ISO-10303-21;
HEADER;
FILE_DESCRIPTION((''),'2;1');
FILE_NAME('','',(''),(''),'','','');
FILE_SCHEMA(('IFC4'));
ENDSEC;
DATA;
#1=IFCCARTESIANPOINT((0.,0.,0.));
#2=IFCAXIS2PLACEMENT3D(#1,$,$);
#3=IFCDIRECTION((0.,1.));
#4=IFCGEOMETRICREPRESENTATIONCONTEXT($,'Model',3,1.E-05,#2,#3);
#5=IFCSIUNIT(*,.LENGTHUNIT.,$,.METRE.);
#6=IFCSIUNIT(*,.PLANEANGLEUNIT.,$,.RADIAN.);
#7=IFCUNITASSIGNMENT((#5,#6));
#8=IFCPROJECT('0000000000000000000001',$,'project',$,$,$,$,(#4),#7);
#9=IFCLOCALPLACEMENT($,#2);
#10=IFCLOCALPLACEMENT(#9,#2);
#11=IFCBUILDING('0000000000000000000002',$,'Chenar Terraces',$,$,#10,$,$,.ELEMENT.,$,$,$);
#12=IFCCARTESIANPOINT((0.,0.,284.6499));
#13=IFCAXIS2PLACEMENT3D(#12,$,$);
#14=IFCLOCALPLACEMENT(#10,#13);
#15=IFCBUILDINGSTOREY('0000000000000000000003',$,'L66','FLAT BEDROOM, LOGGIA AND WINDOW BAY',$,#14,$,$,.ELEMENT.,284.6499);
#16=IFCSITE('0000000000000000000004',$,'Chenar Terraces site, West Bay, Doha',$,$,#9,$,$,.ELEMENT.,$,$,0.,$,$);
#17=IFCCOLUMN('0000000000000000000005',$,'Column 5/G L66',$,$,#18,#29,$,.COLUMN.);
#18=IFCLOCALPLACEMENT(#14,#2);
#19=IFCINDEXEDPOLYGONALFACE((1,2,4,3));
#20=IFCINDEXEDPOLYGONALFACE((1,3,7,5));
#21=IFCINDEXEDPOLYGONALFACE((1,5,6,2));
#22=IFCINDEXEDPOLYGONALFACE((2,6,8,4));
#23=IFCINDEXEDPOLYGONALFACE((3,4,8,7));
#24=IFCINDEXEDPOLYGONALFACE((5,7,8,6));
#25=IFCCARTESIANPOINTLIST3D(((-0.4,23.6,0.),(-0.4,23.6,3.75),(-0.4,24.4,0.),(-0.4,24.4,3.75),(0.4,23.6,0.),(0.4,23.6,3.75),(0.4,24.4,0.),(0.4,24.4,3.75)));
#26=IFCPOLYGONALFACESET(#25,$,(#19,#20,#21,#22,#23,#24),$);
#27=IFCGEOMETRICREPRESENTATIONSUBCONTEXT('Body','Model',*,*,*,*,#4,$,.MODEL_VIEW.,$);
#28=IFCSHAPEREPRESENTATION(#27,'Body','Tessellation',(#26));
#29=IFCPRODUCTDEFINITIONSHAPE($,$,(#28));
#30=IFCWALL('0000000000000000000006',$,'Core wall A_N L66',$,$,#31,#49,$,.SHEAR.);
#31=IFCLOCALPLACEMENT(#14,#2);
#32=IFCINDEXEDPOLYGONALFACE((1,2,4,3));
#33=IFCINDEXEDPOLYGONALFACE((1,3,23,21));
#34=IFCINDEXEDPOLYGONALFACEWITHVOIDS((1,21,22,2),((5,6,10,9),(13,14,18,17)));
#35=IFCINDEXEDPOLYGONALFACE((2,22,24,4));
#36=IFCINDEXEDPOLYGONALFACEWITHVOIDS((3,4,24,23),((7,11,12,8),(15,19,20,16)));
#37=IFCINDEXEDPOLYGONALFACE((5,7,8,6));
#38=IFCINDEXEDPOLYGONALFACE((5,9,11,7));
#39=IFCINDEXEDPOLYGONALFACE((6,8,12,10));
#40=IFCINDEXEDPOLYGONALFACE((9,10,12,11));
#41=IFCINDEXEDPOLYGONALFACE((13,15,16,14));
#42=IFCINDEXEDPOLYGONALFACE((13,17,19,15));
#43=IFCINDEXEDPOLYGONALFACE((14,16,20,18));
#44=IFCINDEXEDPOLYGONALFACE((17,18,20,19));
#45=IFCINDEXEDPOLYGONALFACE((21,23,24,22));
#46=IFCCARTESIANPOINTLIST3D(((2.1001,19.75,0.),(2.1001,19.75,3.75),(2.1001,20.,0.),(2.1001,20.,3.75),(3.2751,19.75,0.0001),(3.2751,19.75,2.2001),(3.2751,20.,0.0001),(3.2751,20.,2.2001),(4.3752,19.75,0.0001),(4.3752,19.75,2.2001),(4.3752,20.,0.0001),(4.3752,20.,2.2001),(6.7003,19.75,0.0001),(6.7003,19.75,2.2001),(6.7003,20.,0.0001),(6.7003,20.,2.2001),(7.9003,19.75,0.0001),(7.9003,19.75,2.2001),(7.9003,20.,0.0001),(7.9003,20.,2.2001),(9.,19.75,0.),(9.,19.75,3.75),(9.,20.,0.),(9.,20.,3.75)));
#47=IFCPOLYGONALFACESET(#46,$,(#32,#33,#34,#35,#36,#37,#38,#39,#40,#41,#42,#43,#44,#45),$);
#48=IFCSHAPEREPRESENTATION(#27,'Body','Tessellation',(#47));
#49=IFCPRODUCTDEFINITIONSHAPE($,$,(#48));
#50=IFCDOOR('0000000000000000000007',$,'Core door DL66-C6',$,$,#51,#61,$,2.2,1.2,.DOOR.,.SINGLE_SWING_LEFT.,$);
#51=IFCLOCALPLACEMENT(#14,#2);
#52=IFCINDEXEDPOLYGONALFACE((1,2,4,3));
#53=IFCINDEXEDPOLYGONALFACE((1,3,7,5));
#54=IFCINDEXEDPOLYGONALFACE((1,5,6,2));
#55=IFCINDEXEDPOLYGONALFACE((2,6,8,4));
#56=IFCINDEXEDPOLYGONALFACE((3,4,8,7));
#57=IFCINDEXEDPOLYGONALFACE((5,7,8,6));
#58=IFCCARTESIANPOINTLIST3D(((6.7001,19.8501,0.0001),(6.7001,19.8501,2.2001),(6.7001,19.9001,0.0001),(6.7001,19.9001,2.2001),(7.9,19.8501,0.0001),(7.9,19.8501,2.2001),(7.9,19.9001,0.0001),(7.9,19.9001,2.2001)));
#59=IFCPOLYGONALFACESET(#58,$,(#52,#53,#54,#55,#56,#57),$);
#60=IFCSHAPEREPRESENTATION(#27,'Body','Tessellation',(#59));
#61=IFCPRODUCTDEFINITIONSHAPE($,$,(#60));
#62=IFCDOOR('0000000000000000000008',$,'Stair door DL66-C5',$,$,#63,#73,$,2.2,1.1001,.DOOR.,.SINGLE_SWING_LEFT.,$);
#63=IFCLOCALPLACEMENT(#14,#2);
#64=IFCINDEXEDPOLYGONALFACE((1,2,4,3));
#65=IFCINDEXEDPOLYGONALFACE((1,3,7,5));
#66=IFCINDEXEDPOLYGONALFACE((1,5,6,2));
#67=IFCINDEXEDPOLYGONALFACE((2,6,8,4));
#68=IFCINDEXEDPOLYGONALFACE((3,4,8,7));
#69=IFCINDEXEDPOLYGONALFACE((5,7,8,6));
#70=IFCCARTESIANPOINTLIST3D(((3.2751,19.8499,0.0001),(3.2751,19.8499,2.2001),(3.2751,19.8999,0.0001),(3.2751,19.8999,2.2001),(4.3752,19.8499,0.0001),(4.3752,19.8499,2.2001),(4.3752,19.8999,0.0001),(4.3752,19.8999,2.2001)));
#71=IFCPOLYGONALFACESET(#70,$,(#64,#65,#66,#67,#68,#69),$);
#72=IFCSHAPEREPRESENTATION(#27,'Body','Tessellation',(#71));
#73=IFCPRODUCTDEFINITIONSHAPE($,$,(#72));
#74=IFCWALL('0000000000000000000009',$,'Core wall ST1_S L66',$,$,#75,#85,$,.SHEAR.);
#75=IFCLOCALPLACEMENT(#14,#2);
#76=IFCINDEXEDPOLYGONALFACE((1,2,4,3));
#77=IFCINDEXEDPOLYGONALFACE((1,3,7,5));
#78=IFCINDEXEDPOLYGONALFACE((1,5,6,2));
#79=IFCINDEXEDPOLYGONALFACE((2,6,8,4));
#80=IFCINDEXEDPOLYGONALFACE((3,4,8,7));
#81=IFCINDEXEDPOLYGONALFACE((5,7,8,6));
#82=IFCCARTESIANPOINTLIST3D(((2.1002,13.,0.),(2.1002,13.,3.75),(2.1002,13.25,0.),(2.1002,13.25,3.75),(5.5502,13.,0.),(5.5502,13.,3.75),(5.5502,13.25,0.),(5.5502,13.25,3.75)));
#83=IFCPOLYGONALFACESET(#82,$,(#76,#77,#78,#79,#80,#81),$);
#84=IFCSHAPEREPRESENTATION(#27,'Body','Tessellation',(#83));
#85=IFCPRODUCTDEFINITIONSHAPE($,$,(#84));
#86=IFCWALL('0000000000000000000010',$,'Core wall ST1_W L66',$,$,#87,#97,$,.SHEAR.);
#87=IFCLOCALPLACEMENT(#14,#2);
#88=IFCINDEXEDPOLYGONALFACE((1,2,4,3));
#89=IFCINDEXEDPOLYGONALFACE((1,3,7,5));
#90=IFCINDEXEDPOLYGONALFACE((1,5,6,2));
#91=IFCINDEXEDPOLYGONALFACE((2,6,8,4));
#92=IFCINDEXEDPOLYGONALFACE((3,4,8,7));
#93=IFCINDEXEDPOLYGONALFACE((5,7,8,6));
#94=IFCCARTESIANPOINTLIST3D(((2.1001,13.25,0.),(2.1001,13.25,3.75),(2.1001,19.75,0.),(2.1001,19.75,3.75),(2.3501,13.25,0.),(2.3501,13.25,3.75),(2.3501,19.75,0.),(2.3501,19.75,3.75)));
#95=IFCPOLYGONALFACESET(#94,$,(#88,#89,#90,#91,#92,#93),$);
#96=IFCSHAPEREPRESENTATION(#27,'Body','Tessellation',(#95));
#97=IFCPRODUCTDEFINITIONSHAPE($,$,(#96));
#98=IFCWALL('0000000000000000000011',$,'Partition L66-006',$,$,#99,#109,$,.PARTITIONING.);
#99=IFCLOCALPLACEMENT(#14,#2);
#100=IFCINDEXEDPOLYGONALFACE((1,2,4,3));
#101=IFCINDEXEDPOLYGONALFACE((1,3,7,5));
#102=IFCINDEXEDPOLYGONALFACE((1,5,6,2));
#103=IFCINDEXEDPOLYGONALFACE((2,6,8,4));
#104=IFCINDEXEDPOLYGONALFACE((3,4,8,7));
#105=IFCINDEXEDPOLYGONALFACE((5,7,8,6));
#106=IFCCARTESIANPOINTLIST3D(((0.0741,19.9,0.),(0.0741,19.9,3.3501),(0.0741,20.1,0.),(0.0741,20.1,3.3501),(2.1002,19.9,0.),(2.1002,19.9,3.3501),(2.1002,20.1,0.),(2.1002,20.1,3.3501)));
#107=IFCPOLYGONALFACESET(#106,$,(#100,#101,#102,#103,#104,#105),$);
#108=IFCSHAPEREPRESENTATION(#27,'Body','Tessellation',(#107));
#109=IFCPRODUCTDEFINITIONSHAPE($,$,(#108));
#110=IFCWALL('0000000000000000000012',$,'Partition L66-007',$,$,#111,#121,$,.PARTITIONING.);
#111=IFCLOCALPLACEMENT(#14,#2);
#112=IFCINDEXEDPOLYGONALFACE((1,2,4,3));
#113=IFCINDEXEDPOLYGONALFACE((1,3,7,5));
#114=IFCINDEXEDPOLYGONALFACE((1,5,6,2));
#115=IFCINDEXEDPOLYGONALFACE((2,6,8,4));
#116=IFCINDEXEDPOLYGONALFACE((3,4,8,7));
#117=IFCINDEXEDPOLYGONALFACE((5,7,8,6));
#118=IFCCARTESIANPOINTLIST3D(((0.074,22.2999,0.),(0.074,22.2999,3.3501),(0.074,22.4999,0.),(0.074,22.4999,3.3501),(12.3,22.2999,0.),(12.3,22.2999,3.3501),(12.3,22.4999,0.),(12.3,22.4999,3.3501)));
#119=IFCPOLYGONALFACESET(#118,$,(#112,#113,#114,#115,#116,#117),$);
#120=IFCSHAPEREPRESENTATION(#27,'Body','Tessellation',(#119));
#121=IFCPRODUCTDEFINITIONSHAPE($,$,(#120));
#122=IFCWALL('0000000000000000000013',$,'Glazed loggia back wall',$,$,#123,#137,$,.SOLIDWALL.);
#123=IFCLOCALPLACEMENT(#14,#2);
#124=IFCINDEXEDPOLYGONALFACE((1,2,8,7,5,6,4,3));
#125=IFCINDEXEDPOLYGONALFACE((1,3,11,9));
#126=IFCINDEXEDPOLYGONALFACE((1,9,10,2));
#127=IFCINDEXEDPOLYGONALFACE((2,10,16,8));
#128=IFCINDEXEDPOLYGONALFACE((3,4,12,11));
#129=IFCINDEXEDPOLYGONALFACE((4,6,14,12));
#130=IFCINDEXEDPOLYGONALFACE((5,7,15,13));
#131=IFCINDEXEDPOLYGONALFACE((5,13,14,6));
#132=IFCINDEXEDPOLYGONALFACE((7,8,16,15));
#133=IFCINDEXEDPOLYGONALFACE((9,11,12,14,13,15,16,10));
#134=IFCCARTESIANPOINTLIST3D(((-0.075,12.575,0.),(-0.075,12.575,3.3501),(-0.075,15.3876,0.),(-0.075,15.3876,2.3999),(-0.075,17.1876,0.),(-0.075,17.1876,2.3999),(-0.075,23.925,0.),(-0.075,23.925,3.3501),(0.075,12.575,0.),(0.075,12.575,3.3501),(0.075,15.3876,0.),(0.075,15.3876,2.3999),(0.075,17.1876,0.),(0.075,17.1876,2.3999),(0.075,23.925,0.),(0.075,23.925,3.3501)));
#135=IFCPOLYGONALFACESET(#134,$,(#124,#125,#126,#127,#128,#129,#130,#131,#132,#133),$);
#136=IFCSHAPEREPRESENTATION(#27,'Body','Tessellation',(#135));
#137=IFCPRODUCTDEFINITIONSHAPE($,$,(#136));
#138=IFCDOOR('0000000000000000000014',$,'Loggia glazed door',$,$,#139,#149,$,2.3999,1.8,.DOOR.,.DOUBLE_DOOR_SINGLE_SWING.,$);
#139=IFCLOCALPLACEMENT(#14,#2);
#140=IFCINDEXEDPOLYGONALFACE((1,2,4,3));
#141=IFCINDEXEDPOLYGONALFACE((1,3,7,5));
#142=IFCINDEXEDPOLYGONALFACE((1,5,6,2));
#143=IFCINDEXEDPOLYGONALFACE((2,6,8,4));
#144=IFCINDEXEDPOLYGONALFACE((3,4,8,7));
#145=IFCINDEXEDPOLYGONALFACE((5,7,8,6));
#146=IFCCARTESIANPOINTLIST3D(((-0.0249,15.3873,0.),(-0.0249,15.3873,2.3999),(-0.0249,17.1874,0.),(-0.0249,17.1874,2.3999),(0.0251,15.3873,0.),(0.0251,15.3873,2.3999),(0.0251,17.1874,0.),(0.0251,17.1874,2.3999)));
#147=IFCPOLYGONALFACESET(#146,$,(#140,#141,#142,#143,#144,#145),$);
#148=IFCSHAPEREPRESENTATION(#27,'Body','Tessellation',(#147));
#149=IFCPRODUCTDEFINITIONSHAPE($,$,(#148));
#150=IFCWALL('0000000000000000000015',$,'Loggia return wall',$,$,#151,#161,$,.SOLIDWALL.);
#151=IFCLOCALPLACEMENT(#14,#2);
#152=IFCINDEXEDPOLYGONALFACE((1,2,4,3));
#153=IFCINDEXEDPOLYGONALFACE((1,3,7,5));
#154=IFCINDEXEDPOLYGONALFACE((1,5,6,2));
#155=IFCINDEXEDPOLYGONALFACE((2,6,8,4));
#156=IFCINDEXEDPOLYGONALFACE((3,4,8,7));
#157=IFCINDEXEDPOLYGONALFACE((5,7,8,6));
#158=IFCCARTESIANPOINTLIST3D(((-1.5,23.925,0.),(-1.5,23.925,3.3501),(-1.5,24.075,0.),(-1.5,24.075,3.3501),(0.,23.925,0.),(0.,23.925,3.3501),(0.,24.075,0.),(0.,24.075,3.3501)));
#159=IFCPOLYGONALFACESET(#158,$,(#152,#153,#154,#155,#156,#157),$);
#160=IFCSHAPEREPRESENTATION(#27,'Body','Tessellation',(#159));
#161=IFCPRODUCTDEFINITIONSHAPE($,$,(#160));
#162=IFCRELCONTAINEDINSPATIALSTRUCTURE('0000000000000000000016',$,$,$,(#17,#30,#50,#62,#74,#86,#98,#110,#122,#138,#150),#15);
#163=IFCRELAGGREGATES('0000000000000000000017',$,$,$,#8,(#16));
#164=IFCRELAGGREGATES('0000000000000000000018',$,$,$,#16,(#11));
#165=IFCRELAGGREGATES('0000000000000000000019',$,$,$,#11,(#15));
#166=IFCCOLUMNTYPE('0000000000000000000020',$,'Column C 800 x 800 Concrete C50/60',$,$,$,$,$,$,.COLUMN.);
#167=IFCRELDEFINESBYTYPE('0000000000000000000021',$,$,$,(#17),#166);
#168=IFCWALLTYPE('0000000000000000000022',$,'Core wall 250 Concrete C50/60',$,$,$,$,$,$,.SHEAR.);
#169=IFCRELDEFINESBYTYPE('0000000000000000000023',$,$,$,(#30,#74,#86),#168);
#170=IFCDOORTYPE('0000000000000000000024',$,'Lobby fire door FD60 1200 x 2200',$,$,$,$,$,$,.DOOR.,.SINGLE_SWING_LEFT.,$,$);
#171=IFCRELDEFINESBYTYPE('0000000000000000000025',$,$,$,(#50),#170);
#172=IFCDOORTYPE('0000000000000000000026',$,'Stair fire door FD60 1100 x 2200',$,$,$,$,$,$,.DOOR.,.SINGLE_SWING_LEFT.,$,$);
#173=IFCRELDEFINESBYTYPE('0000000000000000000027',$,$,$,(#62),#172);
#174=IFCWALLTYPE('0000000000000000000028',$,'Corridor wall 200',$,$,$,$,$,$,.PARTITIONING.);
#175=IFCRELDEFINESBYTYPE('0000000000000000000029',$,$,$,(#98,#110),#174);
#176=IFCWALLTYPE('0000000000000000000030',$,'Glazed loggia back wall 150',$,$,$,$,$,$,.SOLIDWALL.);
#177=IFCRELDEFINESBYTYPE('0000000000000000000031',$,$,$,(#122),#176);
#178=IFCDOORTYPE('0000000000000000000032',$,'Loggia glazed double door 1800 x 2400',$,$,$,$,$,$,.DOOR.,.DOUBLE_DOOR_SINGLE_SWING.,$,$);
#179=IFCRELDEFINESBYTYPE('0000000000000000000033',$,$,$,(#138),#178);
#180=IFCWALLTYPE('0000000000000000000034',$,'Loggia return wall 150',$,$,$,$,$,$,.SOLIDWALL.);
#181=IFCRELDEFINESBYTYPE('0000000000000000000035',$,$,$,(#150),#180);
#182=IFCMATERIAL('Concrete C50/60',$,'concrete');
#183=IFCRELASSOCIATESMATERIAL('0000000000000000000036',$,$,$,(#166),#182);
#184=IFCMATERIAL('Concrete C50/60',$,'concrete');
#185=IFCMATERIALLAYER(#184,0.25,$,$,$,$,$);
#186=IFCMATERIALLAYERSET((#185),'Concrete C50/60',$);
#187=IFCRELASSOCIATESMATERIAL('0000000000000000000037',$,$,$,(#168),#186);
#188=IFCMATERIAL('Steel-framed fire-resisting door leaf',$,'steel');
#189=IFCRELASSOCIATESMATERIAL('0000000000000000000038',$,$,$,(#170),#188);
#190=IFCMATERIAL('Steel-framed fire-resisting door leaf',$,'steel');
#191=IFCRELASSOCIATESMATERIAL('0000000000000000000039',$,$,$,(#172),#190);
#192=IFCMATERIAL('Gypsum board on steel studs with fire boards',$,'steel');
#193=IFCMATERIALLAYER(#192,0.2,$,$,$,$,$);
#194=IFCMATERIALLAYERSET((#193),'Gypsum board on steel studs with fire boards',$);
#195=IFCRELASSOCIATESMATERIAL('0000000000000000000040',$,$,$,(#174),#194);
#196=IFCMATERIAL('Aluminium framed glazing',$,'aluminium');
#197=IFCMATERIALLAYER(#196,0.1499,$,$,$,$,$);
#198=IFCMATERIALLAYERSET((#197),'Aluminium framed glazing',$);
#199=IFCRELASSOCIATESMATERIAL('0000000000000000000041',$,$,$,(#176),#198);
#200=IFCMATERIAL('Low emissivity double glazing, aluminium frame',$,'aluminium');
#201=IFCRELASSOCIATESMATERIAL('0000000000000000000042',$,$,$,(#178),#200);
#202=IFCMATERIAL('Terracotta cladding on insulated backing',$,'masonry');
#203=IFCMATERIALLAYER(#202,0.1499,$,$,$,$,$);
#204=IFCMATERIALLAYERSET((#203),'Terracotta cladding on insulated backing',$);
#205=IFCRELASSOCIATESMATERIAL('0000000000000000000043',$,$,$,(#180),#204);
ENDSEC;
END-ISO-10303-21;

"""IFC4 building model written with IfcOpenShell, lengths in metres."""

from ifc_helpers import new_model, si_unit, direction, frame, frame_2d, origin, origin_2d, place, context, subcontext, project, spatial, rectangle, extrude, material, layer, layer_set, material_profile, profile_set, type_object, element, fill, save


model = new_model("IFC4")

# Units and contexts
model_context = context("Model", 3, precision=1e-05, world=origin(), true_north=direction((0.0, 1.0)))
body_context = subcontext(model_context, "Body", "Model", "MODEL_VIEW")
ifc_project = project(units=[si_unit("LENGTHUNIT", "METRE"), si_unit("PLANEANGLEUNIT", "RADIAN")], contexts=[model_context])

# Site, building, storey
site_placement = place(None, origin())
site = spatial("IfcSite", under=ifc_project, at=site_placement, Name="Chenar Terraces site, West Bay, Doha", CompositionType="ELEMENT", RefElevation=0.0)
building_placement = place(site_placement, origin())
building = spatial("IfcBuilding", under=site, at=building_placement, Name="Chenar Terraces", CompositionType="ELEMENT")
storey_placement = place(building_placement, frame((0.0, 0.0, 284.6499)))
storey = spatial("IfcBuildingStorey", under=building, at=storey_placement, Name="L66", Description="FLAT BEDROOM, LOGGIA AND WINDOW BAY", CompositionType="ELEMENT", Elevation=284.6499)

# Column
ifc_material_1 = material(Name="Concrete C50/60", Category="concrete")
ifc_material_profile = material_profile(ifc_material_1, rectangle(XDim=0.8, YDim=0.8, at=origin_2d()), Name="C 800 x 800")
ifc_profile_set = profile_set([ifc_material_profile], Name="Concrete C50/60")
column_type = type_object("IfcColumnType", Name="Column C 800 x 800 Concrete C50/60", PredefinedType="COLUMN", material=ifc_profile_set)
column_placement = place(storey_placement, frame((0.0, 24.0, 0.0), z_axis=(0.0, 0.0, 1.0), x_axis=(1.0, 0.0, 0.0)))
element("IfcColumn", 1, at=column_placement, inside=storey, type_object=column_type, Name="Column 5/G L66", PredefinedType="COLUMN", context=body_context, shape_type="SweptSolid", body=[
    extrude(rectangle(XDim=0.8, YDim=0.8, at=origin_2d()), origin(), (0.0, 0.0, 1.0), 3.75),
])

# Wall, openings, doors
ifc_material_2 = material(Name="Concrete C50/60", Category="concrete")
ifc_layer_1 = layer(ifc_material_2, 0.25)
ifc_layer_set_1 = layer_set([ifc_layer_1], Name="Concrete C50/60")
wall_type_1 = type_object("IfcWallType", Name="Core wall 250 Concrete C50/60", PredefinedType="SHEAR", material=ifc_layer_set_1)
wall_1_placement = place(storey_placement, frame((2.1001, 19.875, 0.0), z_axis=(0.0, 0.0, 1.0), x_axis=(1.0, 0.0, 0.0)))
wall_1 = element("IfcWall", 2, at=wall_1_placement, inside=storey, type_object=wall_type_1, Name="Core wall A_N L66", PredefinedType="SHEAR", context=body_context, shape_type="SweptSolid", body=[
    extrude(rectangle(XDim=6.8999, YDim=0.25, at=frame_2d((3.45, 0.0))), origin(), (0.0, 0.0, 1.0), 3.75),
])
opening_1_placement = place(wall_1_placement, frame((1.175, 0.0, 0.0)))
opening_1 = element("IfcOpeningElement", 3, at=opening_1_placement, cuts=wall_1, PredefinedType="OPENING", context=body_context, shape_type="SweptSolid", body=[
    extrude(rectangle(XDim=1.1001, YDim=2.2, at=frame_2d((0.55, 1.1001))), frame((0.0, 0.135, 0.0), z_axis=(0.0, -1.0, 0.0), x_axis=(1.0, 0.0, 0.0)), (0.0, 0.0, 1.0), 0.27),
])
opening_2_placement = place(wall_1_placement, frame((4.6001, 0.0, 0.0)))
opening_2 = element("IfcOpeningElement", 4, at=opening_2_placement, cuts=wall_1, PredefinedType="OPENING", context=body_context, shape_type="SweptSolid", body=[
    extrude(rectangle(XDim=1.2, YDim=2.2, at=frame_2d((0.6001, 1.1001))), frame((0.0, 0.135, 0.0), z_axis=(0.0, -1.0, 0.0), x_axis=(1.0, 0.0, 0.0)), (0.0, 0.0, 1.0), 0.27),
])
ifc_material_3 = material(Name="Steel-framed fire-resisting door leaf", Category="steel")
door_type_1 = type_object("IfcDoorType", Name="Lobby fire door FD60 1200 x 2200", OperationType="SINGLE_SWING_LEFT", PredefinedType="DOOR", material=ifc_material_3)
door_1_placement = place(opening_2_placement, frame((1.2, 0.0, 0.0), z_axis=(0.0, 0.0, 1.0), x_axis=(-1.0, 0.0, 0.0)))
door_1 = element("IfcDoor", 5, at=door_1_placement, inside=storey, type_object=door_type_1, Name="Core door DL66-C6", OperationType="SINGLE_SWING_LEFT", OverallHeight=2.2, OverallWidth=1.2, PredefinedType="DOOR", context=body_context, shape_type="SweptSolid", body=[
    extrude(rectangle(XDim=1.2, YDim=2.2, at=frame_2d((0.6001, 1.1001))), frame((0.0, 0.0249, 0.0), z_axis=(0.0, -1.0, 0.0), x_axis=(1.0, 0.0, 0.0)), (0.0, 0.0, 1.0), 0.05),
])
fill(opening_2, door_1)
ifc_material_4 = material(Name="Steel-framed fire-resisting door leaf", Category="steel")
door_type_2 = type_object("IfcDoorType", Name="Stair fire door FD60 1100 x 2200", OperationType="SINGLE_SWING_LEFT", PredefinedType="DOOR", material=ifc_material_4)
door_2_placement = place(opening_1_placement, origin())
door_2 = element("IfcDoor", 6, at=door_2_placement, inside=storey, type_object=door_type_2, Name="Stair door DL66-C5", OperationType="SINGLE_SWING_LEFT", OverallHeight=2.2, OverallWidth=1.1001, PredefinedType="DOOR", context=body_context, shape_type="SweptSolid", body=[
    extrude(rectangle(XDim=1.1001, YDim=2.2, at=frame_2d((0.55, 1.1001))), frame((0.0, 0.0249, 0.0), z_axis=(0.0, -1.0, 0.0), x_axis=(1.0, 0.0, 0.0)), (0.0, 0.0, 1.0), 0.05),
])
fill(opening_1, door_2)

# Walls
wall_2_placement = place(storey_placement, frame((2.1001, 13.125, 0.0), z_axis=(0.0, 0.0, 1.0), x_axis=(1.0, 0.0, 0.0)))
element("IfcWall", 7, at=wall_2_placement, inside=storey, type_object=wall_type_1, Name="Core wall ST1_S L66", PredefinedType="SHEAR", context=body_context, shape_type="SweptSolid", body=[
    extrude(rectangle(XDim=3.45, YDim=0.25, at=frame_2d((1.7251, 0.0))), origin(), (0.0, 0.0, 1.0), 3.75),
])
wall_3_placement = place(storey_placement, frame((2.2251, 13.25, 0.0), z_axis=(0.0, 0.0, 1.0), x_axis=(0.0, 1.0, 0.0)))
element("IfcWall", 8, at=wall_3_placement, inside=storey, type_object=wall_type_1, Name="Core wall ST1_W L66", PredefinedType="SHEAR", context=body_context, shape_type="SweptSolid", body=[
    extrude(rectangle(XDim=6.5, YDim=0.25, at=frame_2d((3.25, 0.0))), origin(), (0.0, 0.0, 1.0), 3.75),
])
ifc_material_5 = material(Name="Gypsum board on steel studs with fire boards", Category="steel")
ifc_layer_2 = layer(ifc_material_5, 0.2)
ifc_layer_set_2 = layer_set([ifc_layer_2], Name="Gypsum board on steel studs with fire boards")
wall_type_2 = type_object("IfcWallType", Name="Corridor wall 200", PredefinedType="PARTITIONING", material=ifc_layer_set_2)
wall_4_placement = place(storey_placement, frame((0.074, 20.0, 0.0), z_axis=(0.0, 0.0, 1.0), x_axis=(1.0, 0.0, 0.0)))
element("IfcWall", 9, at=wall_4_placement, inside=storey, type_object=wall_type_2, Name="Partition L66-006", PredefinedType="PARTITIONING", context=body_context, shape_type="SweptSolid", body=[
    extrude(rectangle(XDim=2.0261, YDim=0.2, at=frame_2d((1.0132, 0.0))), origin(), (0.0, 0.0, 1.0), 3.3501),
])
wall_5_placement = place(storey_placement, frame((0.074, 22.3999, 0.0), z_axis=(0.0, 0.0, 1.0), x_axis=(1.0, 0.0, 0.0)))
element("IfcWall", 10, at=wall_5_placement, inside=storey, type_object=wall_type_2, Name="Partition L66-007", PredefinedType="PARTITIONING", context=body_context, shape_type="SweptSolid", body=[
    extrude(rectangle(XDim=12.2261, YDim=0.2, at=frame_2d((6.113, 0.0))), origin(), (0.0, 0.0, 1.0), 3.3501),
])

# Wall, opening, door
ifc_material_6 = material(Name="Aluminium framed glazing", Category="aluminium")
ifc_layer_3 = layer(ifc_material_6, 0.1499)
ifc_layer_set_3 = layer_set([ifc_layer_3], Name="Aluminium framed glazing")
wall_type_3 = type_object("IfcWallType", Name="Glazed loggia back wall 150", PredefinedType="SOLIDWALL", material=ifc_layer_set_3)
wall_6_placement = place(storey_placement, frame((0.0, 23.925, 0.0), z_axis=(0.0, 0.0, 1.0), x_axis=(0.0, -1.0, 0.0)))
wall_6 = element("IfcWall", 11, at=wall_6_placement, inside=storey, type_object=wall_type_3, Name="Glazed loggia back wall", PredefinedType="SOLIDWALL", context=body_context, shape_type="SweptSolid", body=[
    extrude(rectangle(XDim=11.3501, YDim=0.1499, at=frame_2d((5.675, 0.0))), origin(), (0.0, 0.0, 1.0), 3.3501),
])
opening_3_placement = place(wall_6_placement, frame((6.7375, 0.0, 0.0)))
opening_3 = element("IfcOpeningElement", 12, at=opening_3_placement, cuts=wall_6, PredefinedType="OPENING", context=body_context, shape_type="SweptSolid", body=[
    extrude(rectangle(XDim=1.8, YDim=2.3999, at=frame_2d((0.8999, 1.2))), frame((0.0, 0.085, 0.0), z_axis=(0.0, -1.0, 0.0), x_axis=(1.0, 0.0, 0.0)), (0.0, 0.0, 1.0), 0.1699),
])
ifc_material_7 = material(Name="Low emissivity double glazing, aluminium frame", Category="aluminium")
door_type_3 = type_object("IfcDoorType", Name="Loggia glazed double door 1800 x 2400", OperationType="DOUBLE_DOOR_SINGLE_SWING", PredefinedType="DOOR", material=ifc_material_7)
door_3_placement = place(opening_3_placement, frame((1.8, 0.0, 0.0), z_axis=(0.0, 0.0, 1.0), x_axis=(-1.0, 0.0, 0.0)))
door_3 = element("IfcDoor", 13, at=door_3_placement, inside=storey, type_object=door_type_3, Name="Loggia glazed door", OperationType="DOUBLE_DOOR_SINGLE_SWING", OverallHeight=2.3999, OverallWidth=1.8, PredefinedType="DOOR", context=body_context, shape_type="SweptSolid", body=[
    extrude(rectangle(XDim=1.8, YDim=2.3999, at=frame_2d((0.8999, 1.2))), frame((0.0, 0.0249, 0.0), z_axis=(0.0, -1.0, 0.0), x_axis=(1.0, 0.0, 0.0)), (0.0, 0.0, 1.0), 0.05),
])
fill(opening_3, door_3)

# Wall
ifc_material_8 = material(Name="Terracotta cladding on insulated backing", Category="masonry")
ifc_layer_4 = layer(ifc_material_8, 0.1499)
ifc_layer_set_4 = layer_set([ifc_layer_4], Name="Terracotta cladding on insulated backing")
wall_type_4 = type_object("IfcWallType", Name="Loggia return wall 150", PredefinedType="SOLIDWALL", material=ifc_layer_set_4)
wall_7_placement = place(storey_placement, frame((-1.5, 24.0, 0.0), z_axis=(0.0, 0.0, 1.0), x_axis=(1.0, 0.0, 0.0)))
element("IfcWall", 14, at=wall_7_placement, inside=storey, type_object=wall_type_4, Name="Loggia return wall", PredefinedType="SOLIDWALL", context=body_context, shape_type="SweptSolid", body=[
    extrude(rectangle(XDim=1.5, YDim=0.1499, at=frame_2d((0.75, 0.0))), origin(), (0.0, 0.0, 1.0), 3.3501),
])

save(model, "model.ifc")
